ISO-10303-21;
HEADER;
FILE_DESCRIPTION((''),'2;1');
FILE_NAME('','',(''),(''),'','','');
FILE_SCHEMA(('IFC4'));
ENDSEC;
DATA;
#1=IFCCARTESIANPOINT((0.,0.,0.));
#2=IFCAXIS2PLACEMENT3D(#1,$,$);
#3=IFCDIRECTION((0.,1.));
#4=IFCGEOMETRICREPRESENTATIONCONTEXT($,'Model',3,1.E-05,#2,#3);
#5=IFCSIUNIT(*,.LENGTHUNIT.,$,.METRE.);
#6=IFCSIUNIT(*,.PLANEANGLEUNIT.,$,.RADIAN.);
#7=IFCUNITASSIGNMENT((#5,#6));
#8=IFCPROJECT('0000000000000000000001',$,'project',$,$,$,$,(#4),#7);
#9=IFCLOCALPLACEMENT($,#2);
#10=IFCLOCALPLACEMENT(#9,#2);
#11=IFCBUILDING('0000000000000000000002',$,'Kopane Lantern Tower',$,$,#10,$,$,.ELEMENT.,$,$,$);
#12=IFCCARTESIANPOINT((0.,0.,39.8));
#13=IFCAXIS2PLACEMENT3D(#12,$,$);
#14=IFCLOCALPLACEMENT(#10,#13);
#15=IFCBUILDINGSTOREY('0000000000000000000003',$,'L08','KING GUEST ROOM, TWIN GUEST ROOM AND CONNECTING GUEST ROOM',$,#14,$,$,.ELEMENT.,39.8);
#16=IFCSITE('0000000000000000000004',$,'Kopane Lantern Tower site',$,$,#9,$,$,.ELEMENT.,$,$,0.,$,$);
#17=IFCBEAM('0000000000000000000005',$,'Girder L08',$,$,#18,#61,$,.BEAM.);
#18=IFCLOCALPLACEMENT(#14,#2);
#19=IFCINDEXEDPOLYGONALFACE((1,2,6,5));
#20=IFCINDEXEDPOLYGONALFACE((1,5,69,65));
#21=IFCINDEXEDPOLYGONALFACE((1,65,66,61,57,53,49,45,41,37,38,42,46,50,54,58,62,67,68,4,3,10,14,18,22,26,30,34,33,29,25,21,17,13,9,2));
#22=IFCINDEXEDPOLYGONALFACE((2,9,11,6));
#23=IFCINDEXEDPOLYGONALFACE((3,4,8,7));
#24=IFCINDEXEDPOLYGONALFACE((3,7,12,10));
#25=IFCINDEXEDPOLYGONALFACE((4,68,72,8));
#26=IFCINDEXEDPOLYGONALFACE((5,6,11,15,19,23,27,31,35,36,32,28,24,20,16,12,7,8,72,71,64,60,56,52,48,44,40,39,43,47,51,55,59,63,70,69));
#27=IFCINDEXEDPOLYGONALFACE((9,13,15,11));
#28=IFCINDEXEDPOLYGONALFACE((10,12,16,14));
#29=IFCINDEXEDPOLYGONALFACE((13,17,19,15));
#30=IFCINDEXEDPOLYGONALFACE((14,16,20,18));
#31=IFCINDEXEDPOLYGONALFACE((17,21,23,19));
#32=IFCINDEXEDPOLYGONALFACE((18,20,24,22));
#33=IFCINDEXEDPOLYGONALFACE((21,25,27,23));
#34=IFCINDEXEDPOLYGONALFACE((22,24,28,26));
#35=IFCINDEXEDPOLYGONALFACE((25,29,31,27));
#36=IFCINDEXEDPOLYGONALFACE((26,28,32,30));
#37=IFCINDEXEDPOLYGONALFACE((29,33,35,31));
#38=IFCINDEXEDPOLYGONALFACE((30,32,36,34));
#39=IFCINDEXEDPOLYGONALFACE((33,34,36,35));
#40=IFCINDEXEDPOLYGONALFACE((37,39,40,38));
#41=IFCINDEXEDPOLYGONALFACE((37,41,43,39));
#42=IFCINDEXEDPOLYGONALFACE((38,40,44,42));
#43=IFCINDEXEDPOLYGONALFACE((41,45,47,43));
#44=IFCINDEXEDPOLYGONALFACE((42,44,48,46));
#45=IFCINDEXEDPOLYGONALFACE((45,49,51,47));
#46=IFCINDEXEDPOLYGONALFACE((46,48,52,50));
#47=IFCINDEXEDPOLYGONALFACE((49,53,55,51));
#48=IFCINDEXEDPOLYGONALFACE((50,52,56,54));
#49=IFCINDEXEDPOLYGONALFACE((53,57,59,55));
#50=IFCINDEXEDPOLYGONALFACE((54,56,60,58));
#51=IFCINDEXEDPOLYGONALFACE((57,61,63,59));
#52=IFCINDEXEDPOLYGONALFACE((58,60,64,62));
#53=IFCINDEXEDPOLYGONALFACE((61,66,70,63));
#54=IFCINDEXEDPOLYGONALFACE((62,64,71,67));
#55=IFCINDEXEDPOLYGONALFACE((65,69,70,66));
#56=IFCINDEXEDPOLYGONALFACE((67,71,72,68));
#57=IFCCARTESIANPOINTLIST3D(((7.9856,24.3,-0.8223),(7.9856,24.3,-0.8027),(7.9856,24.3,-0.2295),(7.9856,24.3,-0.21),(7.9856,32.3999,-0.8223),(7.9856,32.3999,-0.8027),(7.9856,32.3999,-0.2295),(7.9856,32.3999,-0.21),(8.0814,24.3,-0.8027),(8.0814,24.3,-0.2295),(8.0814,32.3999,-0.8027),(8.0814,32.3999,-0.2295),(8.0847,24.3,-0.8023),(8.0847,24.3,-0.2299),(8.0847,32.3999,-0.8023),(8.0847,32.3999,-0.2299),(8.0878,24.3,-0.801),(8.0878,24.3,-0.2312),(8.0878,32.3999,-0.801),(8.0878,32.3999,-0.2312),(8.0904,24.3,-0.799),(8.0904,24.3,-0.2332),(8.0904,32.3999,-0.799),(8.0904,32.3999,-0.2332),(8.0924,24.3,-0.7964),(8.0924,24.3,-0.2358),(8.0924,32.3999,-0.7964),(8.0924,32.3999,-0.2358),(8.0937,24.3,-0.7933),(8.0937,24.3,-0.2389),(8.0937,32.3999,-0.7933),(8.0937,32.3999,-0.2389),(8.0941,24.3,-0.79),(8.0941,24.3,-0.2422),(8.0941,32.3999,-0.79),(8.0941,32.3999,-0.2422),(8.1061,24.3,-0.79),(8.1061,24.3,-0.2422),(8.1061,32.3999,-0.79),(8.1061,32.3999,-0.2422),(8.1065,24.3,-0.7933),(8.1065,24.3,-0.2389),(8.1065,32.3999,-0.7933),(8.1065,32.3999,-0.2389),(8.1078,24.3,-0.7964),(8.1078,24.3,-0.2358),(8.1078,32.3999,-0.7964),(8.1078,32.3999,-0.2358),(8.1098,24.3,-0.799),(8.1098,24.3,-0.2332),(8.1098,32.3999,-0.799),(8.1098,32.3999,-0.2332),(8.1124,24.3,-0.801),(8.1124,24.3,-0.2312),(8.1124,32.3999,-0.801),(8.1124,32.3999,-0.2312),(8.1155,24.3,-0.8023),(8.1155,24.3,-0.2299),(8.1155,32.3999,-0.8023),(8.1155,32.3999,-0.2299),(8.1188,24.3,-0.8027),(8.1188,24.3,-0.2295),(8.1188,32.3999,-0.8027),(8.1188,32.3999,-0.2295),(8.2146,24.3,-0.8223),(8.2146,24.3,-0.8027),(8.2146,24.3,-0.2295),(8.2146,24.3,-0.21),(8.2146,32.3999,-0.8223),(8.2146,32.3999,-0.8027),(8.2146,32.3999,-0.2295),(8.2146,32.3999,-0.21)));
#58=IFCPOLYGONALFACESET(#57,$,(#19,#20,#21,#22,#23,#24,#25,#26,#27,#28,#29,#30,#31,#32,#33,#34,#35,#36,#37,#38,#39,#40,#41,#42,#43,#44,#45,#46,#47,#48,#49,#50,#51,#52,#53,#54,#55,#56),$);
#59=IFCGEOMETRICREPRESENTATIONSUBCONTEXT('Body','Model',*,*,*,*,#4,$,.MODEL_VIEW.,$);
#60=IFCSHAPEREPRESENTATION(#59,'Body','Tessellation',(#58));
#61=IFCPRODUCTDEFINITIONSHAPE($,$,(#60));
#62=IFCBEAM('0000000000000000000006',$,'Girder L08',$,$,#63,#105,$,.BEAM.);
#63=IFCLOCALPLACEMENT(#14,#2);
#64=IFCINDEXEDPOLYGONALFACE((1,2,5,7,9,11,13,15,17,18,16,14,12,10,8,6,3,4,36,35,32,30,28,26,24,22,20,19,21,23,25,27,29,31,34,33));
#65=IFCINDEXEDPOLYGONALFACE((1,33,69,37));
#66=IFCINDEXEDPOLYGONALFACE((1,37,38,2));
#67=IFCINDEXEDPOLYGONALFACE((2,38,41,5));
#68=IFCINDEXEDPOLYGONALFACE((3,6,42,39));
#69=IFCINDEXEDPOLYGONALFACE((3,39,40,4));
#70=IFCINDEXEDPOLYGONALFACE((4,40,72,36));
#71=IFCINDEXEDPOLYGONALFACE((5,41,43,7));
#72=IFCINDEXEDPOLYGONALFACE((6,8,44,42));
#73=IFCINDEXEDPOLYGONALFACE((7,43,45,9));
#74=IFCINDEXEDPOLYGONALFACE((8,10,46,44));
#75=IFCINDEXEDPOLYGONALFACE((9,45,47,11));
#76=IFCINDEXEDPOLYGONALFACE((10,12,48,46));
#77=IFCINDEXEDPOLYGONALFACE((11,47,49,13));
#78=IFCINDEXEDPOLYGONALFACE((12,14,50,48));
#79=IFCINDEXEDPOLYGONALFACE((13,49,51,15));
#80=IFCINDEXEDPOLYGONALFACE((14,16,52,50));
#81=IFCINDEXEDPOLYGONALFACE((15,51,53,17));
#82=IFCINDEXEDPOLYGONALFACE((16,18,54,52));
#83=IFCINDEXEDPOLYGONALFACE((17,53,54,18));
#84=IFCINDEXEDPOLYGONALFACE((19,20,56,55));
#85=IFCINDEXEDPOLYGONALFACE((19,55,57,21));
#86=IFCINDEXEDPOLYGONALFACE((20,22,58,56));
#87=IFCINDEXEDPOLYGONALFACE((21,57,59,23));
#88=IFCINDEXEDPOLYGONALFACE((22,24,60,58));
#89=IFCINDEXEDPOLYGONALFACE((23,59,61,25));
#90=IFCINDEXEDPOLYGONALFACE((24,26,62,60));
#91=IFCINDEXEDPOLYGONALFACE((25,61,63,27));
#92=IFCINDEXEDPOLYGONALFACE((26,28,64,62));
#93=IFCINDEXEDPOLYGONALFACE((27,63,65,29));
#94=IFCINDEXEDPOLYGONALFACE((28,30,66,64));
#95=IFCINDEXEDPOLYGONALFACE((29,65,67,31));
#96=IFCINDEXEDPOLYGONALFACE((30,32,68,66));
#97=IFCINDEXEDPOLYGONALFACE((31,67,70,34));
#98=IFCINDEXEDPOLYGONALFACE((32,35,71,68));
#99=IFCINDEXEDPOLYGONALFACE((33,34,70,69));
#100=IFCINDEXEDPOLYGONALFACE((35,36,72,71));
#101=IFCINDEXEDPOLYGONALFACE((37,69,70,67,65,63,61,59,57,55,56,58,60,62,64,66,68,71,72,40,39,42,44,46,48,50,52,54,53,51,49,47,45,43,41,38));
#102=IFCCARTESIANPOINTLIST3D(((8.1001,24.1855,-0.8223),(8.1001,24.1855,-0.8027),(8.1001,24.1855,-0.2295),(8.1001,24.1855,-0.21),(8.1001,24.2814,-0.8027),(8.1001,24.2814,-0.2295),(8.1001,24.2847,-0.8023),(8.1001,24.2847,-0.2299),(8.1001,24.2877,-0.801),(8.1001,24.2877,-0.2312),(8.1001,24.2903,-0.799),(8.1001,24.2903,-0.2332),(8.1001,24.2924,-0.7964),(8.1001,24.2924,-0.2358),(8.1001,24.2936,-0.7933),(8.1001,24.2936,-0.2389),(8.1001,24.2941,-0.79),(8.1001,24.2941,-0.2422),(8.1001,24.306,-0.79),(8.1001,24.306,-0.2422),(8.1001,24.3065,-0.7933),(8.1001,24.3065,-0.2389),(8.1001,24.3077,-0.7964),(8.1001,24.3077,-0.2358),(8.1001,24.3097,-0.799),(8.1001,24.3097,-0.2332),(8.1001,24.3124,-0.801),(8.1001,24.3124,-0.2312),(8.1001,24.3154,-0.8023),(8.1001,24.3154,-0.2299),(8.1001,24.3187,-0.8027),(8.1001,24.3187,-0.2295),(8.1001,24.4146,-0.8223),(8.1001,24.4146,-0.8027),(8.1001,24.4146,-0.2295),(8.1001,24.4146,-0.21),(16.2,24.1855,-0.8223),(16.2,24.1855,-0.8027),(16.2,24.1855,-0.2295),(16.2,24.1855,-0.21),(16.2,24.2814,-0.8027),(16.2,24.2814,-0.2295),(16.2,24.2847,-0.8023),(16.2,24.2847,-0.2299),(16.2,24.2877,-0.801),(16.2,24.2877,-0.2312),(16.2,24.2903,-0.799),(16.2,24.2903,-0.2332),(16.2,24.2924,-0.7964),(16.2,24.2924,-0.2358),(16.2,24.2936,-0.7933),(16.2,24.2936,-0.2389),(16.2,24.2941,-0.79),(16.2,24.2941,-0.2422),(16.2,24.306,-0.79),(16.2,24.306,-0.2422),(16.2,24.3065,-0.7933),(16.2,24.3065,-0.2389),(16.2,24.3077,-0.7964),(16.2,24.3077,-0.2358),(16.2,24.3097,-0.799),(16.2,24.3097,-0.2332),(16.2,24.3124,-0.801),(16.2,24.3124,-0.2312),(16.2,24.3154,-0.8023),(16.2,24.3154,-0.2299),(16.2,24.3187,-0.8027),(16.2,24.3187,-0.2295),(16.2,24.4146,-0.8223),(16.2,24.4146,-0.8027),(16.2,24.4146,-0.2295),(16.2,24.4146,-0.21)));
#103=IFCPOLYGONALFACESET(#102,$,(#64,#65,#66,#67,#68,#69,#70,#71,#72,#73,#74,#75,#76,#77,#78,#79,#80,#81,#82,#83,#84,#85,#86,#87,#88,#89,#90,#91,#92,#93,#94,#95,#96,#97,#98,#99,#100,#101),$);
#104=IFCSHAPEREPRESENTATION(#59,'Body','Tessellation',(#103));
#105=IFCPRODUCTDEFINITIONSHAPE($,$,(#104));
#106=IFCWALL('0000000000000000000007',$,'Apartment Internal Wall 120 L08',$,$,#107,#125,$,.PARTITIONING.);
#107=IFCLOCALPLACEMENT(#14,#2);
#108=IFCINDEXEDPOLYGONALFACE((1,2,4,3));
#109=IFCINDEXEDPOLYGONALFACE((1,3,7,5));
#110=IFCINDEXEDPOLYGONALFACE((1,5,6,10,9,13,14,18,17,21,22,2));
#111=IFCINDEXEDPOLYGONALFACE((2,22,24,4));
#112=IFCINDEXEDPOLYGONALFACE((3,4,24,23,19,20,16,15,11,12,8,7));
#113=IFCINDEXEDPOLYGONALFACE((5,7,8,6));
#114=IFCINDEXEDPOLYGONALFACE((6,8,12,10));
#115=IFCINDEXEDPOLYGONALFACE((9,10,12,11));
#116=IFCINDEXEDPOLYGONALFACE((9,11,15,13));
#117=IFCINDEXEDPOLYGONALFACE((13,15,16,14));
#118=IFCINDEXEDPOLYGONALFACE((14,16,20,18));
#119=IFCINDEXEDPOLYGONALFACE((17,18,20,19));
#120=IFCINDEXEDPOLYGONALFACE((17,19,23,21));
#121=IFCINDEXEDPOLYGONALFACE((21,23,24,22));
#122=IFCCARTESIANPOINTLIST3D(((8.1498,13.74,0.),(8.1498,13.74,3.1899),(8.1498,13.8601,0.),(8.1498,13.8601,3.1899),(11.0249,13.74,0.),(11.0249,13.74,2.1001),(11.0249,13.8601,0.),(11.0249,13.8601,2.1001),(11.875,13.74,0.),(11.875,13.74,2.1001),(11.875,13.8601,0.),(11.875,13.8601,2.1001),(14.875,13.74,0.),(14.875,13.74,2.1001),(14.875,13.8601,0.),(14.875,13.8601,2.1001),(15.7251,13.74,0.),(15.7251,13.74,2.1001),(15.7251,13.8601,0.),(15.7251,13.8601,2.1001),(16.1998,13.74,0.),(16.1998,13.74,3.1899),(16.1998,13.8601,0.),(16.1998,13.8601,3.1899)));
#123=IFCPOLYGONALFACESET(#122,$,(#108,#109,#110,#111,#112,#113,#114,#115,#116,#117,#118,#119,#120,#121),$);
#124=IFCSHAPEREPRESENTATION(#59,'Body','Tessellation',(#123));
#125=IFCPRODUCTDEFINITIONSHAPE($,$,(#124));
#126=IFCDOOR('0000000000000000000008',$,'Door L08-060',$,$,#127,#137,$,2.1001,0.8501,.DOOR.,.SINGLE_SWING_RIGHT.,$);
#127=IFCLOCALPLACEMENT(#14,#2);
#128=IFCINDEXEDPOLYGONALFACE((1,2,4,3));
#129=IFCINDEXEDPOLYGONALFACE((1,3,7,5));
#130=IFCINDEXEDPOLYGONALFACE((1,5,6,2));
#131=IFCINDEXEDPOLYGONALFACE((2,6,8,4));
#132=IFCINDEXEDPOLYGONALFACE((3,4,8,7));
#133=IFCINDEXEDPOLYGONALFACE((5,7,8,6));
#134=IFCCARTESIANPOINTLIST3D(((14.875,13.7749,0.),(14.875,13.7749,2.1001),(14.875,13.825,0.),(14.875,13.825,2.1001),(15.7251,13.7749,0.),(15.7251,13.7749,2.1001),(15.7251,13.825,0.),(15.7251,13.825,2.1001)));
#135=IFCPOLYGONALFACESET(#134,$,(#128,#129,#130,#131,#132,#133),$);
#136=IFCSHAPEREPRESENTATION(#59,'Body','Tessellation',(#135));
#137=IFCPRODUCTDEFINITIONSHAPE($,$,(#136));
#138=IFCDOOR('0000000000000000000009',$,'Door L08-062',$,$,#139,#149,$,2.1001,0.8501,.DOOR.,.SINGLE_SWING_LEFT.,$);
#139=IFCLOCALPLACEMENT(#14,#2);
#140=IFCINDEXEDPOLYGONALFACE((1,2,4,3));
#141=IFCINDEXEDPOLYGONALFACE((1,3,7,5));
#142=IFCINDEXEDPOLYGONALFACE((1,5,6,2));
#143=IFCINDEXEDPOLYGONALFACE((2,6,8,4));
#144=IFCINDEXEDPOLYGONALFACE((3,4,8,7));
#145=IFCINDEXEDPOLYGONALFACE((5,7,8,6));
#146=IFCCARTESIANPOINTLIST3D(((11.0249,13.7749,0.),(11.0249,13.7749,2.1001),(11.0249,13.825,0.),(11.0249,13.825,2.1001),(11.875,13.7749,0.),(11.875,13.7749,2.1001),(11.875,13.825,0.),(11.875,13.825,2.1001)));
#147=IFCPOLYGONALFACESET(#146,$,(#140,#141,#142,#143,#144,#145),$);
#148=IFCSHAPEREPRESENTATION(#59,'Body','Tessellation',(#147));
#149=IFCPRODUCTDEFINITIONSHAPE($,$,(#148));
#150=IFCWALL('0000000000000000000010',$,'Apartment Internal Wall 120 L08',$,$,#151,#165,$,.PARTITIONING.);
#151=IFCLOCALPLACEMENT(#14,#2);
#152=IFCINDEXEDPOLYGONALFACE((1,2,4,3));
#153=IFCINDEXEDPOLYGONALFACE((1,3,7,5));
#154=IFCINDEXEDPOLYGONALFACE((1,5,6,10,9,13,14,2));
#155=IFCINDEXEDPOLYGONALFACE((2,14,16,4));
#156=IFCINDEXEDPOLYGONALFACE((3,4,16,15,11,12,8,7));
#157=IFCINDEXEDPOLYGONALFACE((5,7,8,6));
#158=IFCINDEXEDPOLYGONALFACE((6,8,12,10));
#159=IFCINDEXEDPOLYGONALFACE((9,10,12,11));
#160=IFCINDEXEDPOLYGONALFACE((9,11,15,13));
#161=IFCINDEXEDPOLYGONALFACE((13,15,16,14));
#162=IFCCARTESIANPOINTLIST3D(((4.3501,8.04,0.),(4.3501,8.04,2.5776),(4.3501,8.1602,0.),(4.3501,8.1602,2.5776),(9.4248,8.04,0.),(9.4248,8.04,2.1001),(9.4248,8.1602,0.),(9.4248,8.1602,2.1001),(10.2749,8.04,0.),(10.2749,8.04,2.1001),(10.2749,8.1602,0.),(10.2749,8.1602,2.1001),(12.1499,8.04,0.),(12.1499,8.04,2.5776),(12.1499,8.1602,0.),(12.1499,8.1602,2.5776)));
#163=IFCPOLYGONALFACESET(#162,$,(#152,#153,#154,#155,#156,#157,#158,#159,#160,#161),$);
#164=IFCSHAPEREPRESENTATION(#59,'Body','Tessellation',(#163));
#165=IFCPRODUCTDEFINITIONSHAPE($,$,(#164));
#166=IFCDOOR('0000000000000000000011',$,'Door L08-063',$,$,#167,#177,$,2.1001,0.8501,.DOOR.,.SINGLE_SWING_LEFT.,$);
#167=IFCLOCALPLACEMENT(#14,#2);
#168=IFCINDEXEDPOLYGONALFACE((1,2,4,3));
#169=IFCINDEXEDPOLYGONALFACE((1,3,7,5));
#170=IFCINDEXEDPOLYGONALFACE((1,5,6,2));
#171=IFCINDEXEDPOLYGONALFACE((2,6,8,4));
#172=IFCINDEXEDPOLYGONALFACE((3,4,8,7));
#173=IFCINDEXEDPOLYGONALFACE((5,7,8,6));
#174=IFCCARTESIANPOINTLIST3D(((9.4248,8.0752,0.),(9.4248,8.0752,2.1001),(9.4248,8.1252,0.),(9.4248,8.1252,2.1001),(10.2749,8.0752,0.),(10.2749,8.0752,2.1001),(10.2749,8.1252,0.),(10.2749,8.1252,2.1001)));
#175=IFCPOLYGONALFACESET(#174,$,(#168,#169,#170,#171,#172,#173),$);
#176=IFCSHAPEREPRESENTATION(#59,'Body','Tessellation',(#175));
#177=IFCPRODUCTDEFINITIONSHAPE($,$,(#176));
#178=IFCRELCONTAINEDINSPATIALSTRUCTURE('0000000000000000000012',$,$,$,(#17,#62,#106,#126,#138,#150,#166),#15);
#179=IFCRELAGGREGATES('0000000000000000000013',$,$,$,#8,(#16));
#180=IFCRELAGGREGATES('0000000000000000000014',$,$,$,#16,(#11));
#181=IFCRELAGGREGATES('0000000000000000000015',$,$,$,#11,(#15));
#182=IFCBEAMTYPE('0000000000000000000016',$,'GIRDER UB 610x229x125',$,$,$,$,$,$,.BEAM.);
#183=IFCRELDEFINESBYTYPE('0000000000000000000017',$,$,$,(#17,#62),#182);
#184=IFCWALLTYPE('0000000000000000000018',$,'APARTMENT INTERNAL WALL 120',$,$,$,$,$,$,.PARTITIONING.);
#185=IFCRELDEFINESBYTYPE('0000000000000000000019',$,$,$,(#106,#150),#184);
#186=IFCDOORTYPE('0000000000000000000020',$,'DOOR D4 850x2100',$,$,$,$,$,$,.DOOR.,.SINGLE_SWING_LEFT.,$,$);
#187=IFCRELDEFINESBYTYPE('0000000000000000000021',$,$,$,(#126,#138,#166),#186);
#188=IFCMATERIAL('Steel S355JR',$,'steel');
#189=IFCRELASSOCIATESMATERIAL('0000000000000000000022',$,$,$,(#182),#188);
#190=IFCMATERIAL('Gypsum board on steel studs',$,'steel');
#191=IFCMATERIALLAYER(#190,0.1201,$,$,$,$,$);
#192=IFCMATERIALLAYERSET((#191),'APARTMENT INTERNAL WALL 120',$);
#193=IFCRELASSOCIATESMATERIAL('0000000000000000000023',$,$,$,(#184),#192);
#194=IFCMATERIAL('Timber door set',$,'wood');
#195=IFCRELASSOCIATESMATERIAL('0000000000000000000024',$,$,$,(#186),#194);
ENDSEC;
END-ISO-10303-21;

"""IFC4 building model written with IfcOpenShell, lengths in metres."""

from ifc_helpers import new_model, si_unit, direction, frame, frame_2d, origin, origin_2d, place, context, subcontext, project, spatial, rectangle, i_section, extrude, material, layer, layer_set, material_profile, profile_set, type_object, element, fill, save


model = new_model("IFC4")

# Units and contexts
model_context = context("Model", 3, precision=1e-05, world=origin(), true_north=direction((0.0, 1.0)))
body_context = subcontext(model_context, "Body", "Model", "MODEL_VIEW")
ifc_project = project(units=[si_unit("LENGTHUNIT", "METRE"), si_unit("PLANEANGLEUNIT", "RADIAN")], contexts=[model_context])

# Site, building, storey
site_placement = place(None, origin())
site = spatial("IfcSite", under=ifc_project, at=site_placement, Name="Kopane Lantern Tower site", CompositionType="ELEMENT", RefElevation=0.0)
building_placement = place(site_placement, origin())
building = spatial("IfcBuilding", under=site, at=building_placement, Name="Kopane Lantern Tower", CompositionType="ELEMENT")
storey_placement = place(building_placement, frame((0.0, 0.0, 39.8)))
storey = spatial("IfcBuildingStorey", under=building, at=storey_placement, Name="L08", Description="KING GUEST ROOM, TWIN GUEST ROOM AND CONNECTING GUEST ROOM", CompositionType="ELEMENT", Elevation=39.8)

# Beams
ifc_material_1 = material(Name="Steel S355JR", Category="steel")
ifc_material_profile_1 = material_profile(ifc_material_1, i_section(OverallWidth=0.229, OverallDepth=0.6123, WebThickness=0.012, FlangeThickness=0.0195, FilletRadius=0.0127, at=origin_2d()), Name="UB 610x229x125")
ifc_profile_set_1 = profile_set([ifc_material_profile_1], Name="Steel S355JR")
beam_type = type_object("IfcBeamType", Name="GIRDER UB 610x229x125", PredefinedType="BEAM", material=ifc_profile_set_1)
for number, where, z_axis, x_axis, name in (
    (1, (8.1001, 24.3, -0.5161), (0.0, 1.0, 0.0), (-1.0, 0.0, 0.0), "Girder L08"),
    (2, (8.1001, 24.3, -0.5161), (1.0, 0.0, 0.0), (0.0, 1.0, 0.0), "Girder L08"),
):
    element("IfcBeam", number, at=place(storey_placement, frame(where, z_axis=z_axis, x_axis=x_axis)), inside=storey, type_object=beam_type, Name=name, PredefinedType="BEAM", context=body_context, shape_type="SweptSolid", body=[
        extrude(i_section(OverallWidth=0.229, OverallDepth=0.6123, WebThickness=0.012, FlangeThickness=0.0195, FilletRadius=0.0127, at=origin_2d()), origin(), (0.0, 0.0, 1.0), 8.0999),
    ])

# Wall, openings, doors
ifc_material_2 = material(Name="Gypsum board on steel studs", Category="steel")
ifc_layer_1 = layer(ifc_material_2, 0.1201)
ifc_layer_set_1 = layer_set([ifc_layer_1], Name="APARTMENT INTERNAL WALL 120")
wall_type_1 = type_object("IfcWallType", Name="APARTMENT INTERNAL WALL 120", PredefinedType="PARTITIONING", material=ifc_layer_set_1)
wall_1_placement = place(storey_placement, frame((8.1499, 13.8, 0.0), z_axis=(0.0, 0.0, 1.0), x_axis=(1.0, 0.0, 0.0)))
wall_1 = element("IfcWall", 3, at=wall_1_placement, inside=storey, type_object=wall_type_1, Name="Apartment Internal Wall 120 L08", PredefinedType="PARTITIONING", context=body_context, shape_type="SweptSolid", body=[
    extrude(rectangle(XDim=8.05, YDim=0.1201, at=frame_2d((4.0249, 0.0))), origin(), (0.0, 0.0, 1.0), 3.1899),
])
opening_1_placement = place(wall_1_placement, frame((6.7251, 0.0, 0.0)))
opening_1 = element("IfcOpeningElement", 4, at=opening_1_placement, cuts=wall_1, PredefinedType="OPENING", context=body_context, shape_type="SweptSolid", body=[
    extrude(rectangle(XDim=0.8501, YDim=2.1001, at=frame_2d((0.425, 1.05))), frame((0.0, 0.0701, 0.0), z_axis=(0.0, -1.0, 0.0), x_axis=(1.0, 0.0, 0.0)), (0.0, 0.0, 1.0), 0.1401),
])
opening_2_placement = place(wall_1_placement, frame((2.875, 0.0, 0.0)))
opening_2 = element("IfcOpeningElement", 5, at=opening_2_placement, cuts=wall_1, PredefinedType="OPENING", context=body_context, shape_type="SweptSolid", body=[
    extrude(rectangle(XDim=0.8501, YDim=2.1001, at=frame_2d((0.425, 1.05))), frame((0.0, 0.0701, 0.0), z_axis=(0.0, -1.0, 0.0), x_axis=(1.0, 0.0, 0.0)), (0.0, 0.0, 1.0), 0.1401),
])
ifc_material_3 = material(Name="Timber door set", Category="wood")
door_type_1 = type_object("IfcDoorType", Name="DOOR D4 850x2100", OperationType="SINGLE_SWING_LEFT", PredefinedType="DOOR", material=ifc_material_3)
door_1_placement = place(opening_1_placement, origin())
door_1 = element("IfcDoor", 6, at=door_1_placement, inside=storey, type_object=door_type_1, Name="Door L08-060", OperationType="SINGLE_SWING_RIGHT", OverallHeight=2.1001, OverallWidth=0.8501, PredefinedType="DOOR", context=body_context, shape_type="SweptSolid", body=[
    extrude(rectangle(XDim=0.8501, YDim=2.1001, at=frame_2d((0.425, 1.05))), frame((0.0, 0.0249, 0.0), z_axis=(0.0, -1.0, 0.0), x_axis=(1.0, 0.0, 0.0)), (0.0, 0.0, 1.0), 0.05),
])
fill(opening_1, door_1)
door_2_placement = place(opening_2_placement, origin())
door_2 = element("IfcDoor", 7, at=door_2_placement, inside=storey, type_object=door_type_1, Name="Door L08-062", OperationType="SINGLE_SWING_LEFT", OverallHeight=2.1001, OverallWidth=0.8501, PredefinedType="DOOR", context=body_context, shape_type="SweptSolid", body=[
    extrude(rectangle(XDim=0.8501, YDim=2.1001, at=frame_2d((0.425, 1.05))), frame((0.0, 0.0249, 0.0), z_axis=(0.0, -1.0, 0.0), x_axis=(1.0, 0.0, 0.0)), (0.0, 0.0, 1.0), 0.05),
])
fill(opening_2, door_2)

# Wall, opening, door
wall_2_placement = place(storey_placement, frame((12.1499, 8.1001, 0.0), z_axis=(0.0, 0.0, 1.0), x_axis=(-1.0, 0.0, 0.0)))
wall_2 = element("IfcWall", 8, at=wall_2_placement, inside=storey, type_object=wall_type_1, Name="Apartment Internal Wall 120 L08", PredefinedType="PARTITIONING", context=body_context, shape_type="SweptSolid", body=[
    extrude(rectangle(XDim=7.7998, YDim=0.1201, at=frame_2d((3.8999, 0.0))), origin(), (0.0, 0.0, 1.0), 2.5776),
])
opening_3_placement = place(wall_2_placement, frame((1.875, 0.0, 0.0)))
opening_3 = element("IfcOpeningElement", 9, at=opening_3_placement, cuts=wall_2, PredefinedType="OPENING", context=body_context, shape_type="SweptSolid", body=[
    extrude(rectangle(XDim=0.8501, YDim=2.1001, at=frame_2d((0.425, 1.05))), frame((0.0, 0.0701, 0.0), z_axis=(0.0, -1.0, 0.0), x_axis=(1.0, 0.0, 0.0)), (0.0, 0.0, 1.0), 0.1401),
])
door_3_placement = place(opening_3_placement, origin())
door_3 = element("IfcDoor", 10, at=door_3_placement, inside=storey, type_object=door_type_1, Name="Door L08-063", OperationType="SINGLE_SWING_LEFT", OverallHeight=2.1001, OverallWidth=0.8501, PredefinedType="DOOR", context=body_context, shape_type="SweptSolid", body=[
    extrude(rectangle(XDim=0.8501, YDim=2.1001, at=frame_2d((0.425, 1.05))), frame((0.0, 0.0249, 0.0), z_axis=(0.0, -1.0, 0.0), x_axis=(1.0, 0.0, 0.0)), (0.0, 0.0, 1.0), 0.05),
])
fill(opening_3, door_3)

save(model, "model.ifc")
